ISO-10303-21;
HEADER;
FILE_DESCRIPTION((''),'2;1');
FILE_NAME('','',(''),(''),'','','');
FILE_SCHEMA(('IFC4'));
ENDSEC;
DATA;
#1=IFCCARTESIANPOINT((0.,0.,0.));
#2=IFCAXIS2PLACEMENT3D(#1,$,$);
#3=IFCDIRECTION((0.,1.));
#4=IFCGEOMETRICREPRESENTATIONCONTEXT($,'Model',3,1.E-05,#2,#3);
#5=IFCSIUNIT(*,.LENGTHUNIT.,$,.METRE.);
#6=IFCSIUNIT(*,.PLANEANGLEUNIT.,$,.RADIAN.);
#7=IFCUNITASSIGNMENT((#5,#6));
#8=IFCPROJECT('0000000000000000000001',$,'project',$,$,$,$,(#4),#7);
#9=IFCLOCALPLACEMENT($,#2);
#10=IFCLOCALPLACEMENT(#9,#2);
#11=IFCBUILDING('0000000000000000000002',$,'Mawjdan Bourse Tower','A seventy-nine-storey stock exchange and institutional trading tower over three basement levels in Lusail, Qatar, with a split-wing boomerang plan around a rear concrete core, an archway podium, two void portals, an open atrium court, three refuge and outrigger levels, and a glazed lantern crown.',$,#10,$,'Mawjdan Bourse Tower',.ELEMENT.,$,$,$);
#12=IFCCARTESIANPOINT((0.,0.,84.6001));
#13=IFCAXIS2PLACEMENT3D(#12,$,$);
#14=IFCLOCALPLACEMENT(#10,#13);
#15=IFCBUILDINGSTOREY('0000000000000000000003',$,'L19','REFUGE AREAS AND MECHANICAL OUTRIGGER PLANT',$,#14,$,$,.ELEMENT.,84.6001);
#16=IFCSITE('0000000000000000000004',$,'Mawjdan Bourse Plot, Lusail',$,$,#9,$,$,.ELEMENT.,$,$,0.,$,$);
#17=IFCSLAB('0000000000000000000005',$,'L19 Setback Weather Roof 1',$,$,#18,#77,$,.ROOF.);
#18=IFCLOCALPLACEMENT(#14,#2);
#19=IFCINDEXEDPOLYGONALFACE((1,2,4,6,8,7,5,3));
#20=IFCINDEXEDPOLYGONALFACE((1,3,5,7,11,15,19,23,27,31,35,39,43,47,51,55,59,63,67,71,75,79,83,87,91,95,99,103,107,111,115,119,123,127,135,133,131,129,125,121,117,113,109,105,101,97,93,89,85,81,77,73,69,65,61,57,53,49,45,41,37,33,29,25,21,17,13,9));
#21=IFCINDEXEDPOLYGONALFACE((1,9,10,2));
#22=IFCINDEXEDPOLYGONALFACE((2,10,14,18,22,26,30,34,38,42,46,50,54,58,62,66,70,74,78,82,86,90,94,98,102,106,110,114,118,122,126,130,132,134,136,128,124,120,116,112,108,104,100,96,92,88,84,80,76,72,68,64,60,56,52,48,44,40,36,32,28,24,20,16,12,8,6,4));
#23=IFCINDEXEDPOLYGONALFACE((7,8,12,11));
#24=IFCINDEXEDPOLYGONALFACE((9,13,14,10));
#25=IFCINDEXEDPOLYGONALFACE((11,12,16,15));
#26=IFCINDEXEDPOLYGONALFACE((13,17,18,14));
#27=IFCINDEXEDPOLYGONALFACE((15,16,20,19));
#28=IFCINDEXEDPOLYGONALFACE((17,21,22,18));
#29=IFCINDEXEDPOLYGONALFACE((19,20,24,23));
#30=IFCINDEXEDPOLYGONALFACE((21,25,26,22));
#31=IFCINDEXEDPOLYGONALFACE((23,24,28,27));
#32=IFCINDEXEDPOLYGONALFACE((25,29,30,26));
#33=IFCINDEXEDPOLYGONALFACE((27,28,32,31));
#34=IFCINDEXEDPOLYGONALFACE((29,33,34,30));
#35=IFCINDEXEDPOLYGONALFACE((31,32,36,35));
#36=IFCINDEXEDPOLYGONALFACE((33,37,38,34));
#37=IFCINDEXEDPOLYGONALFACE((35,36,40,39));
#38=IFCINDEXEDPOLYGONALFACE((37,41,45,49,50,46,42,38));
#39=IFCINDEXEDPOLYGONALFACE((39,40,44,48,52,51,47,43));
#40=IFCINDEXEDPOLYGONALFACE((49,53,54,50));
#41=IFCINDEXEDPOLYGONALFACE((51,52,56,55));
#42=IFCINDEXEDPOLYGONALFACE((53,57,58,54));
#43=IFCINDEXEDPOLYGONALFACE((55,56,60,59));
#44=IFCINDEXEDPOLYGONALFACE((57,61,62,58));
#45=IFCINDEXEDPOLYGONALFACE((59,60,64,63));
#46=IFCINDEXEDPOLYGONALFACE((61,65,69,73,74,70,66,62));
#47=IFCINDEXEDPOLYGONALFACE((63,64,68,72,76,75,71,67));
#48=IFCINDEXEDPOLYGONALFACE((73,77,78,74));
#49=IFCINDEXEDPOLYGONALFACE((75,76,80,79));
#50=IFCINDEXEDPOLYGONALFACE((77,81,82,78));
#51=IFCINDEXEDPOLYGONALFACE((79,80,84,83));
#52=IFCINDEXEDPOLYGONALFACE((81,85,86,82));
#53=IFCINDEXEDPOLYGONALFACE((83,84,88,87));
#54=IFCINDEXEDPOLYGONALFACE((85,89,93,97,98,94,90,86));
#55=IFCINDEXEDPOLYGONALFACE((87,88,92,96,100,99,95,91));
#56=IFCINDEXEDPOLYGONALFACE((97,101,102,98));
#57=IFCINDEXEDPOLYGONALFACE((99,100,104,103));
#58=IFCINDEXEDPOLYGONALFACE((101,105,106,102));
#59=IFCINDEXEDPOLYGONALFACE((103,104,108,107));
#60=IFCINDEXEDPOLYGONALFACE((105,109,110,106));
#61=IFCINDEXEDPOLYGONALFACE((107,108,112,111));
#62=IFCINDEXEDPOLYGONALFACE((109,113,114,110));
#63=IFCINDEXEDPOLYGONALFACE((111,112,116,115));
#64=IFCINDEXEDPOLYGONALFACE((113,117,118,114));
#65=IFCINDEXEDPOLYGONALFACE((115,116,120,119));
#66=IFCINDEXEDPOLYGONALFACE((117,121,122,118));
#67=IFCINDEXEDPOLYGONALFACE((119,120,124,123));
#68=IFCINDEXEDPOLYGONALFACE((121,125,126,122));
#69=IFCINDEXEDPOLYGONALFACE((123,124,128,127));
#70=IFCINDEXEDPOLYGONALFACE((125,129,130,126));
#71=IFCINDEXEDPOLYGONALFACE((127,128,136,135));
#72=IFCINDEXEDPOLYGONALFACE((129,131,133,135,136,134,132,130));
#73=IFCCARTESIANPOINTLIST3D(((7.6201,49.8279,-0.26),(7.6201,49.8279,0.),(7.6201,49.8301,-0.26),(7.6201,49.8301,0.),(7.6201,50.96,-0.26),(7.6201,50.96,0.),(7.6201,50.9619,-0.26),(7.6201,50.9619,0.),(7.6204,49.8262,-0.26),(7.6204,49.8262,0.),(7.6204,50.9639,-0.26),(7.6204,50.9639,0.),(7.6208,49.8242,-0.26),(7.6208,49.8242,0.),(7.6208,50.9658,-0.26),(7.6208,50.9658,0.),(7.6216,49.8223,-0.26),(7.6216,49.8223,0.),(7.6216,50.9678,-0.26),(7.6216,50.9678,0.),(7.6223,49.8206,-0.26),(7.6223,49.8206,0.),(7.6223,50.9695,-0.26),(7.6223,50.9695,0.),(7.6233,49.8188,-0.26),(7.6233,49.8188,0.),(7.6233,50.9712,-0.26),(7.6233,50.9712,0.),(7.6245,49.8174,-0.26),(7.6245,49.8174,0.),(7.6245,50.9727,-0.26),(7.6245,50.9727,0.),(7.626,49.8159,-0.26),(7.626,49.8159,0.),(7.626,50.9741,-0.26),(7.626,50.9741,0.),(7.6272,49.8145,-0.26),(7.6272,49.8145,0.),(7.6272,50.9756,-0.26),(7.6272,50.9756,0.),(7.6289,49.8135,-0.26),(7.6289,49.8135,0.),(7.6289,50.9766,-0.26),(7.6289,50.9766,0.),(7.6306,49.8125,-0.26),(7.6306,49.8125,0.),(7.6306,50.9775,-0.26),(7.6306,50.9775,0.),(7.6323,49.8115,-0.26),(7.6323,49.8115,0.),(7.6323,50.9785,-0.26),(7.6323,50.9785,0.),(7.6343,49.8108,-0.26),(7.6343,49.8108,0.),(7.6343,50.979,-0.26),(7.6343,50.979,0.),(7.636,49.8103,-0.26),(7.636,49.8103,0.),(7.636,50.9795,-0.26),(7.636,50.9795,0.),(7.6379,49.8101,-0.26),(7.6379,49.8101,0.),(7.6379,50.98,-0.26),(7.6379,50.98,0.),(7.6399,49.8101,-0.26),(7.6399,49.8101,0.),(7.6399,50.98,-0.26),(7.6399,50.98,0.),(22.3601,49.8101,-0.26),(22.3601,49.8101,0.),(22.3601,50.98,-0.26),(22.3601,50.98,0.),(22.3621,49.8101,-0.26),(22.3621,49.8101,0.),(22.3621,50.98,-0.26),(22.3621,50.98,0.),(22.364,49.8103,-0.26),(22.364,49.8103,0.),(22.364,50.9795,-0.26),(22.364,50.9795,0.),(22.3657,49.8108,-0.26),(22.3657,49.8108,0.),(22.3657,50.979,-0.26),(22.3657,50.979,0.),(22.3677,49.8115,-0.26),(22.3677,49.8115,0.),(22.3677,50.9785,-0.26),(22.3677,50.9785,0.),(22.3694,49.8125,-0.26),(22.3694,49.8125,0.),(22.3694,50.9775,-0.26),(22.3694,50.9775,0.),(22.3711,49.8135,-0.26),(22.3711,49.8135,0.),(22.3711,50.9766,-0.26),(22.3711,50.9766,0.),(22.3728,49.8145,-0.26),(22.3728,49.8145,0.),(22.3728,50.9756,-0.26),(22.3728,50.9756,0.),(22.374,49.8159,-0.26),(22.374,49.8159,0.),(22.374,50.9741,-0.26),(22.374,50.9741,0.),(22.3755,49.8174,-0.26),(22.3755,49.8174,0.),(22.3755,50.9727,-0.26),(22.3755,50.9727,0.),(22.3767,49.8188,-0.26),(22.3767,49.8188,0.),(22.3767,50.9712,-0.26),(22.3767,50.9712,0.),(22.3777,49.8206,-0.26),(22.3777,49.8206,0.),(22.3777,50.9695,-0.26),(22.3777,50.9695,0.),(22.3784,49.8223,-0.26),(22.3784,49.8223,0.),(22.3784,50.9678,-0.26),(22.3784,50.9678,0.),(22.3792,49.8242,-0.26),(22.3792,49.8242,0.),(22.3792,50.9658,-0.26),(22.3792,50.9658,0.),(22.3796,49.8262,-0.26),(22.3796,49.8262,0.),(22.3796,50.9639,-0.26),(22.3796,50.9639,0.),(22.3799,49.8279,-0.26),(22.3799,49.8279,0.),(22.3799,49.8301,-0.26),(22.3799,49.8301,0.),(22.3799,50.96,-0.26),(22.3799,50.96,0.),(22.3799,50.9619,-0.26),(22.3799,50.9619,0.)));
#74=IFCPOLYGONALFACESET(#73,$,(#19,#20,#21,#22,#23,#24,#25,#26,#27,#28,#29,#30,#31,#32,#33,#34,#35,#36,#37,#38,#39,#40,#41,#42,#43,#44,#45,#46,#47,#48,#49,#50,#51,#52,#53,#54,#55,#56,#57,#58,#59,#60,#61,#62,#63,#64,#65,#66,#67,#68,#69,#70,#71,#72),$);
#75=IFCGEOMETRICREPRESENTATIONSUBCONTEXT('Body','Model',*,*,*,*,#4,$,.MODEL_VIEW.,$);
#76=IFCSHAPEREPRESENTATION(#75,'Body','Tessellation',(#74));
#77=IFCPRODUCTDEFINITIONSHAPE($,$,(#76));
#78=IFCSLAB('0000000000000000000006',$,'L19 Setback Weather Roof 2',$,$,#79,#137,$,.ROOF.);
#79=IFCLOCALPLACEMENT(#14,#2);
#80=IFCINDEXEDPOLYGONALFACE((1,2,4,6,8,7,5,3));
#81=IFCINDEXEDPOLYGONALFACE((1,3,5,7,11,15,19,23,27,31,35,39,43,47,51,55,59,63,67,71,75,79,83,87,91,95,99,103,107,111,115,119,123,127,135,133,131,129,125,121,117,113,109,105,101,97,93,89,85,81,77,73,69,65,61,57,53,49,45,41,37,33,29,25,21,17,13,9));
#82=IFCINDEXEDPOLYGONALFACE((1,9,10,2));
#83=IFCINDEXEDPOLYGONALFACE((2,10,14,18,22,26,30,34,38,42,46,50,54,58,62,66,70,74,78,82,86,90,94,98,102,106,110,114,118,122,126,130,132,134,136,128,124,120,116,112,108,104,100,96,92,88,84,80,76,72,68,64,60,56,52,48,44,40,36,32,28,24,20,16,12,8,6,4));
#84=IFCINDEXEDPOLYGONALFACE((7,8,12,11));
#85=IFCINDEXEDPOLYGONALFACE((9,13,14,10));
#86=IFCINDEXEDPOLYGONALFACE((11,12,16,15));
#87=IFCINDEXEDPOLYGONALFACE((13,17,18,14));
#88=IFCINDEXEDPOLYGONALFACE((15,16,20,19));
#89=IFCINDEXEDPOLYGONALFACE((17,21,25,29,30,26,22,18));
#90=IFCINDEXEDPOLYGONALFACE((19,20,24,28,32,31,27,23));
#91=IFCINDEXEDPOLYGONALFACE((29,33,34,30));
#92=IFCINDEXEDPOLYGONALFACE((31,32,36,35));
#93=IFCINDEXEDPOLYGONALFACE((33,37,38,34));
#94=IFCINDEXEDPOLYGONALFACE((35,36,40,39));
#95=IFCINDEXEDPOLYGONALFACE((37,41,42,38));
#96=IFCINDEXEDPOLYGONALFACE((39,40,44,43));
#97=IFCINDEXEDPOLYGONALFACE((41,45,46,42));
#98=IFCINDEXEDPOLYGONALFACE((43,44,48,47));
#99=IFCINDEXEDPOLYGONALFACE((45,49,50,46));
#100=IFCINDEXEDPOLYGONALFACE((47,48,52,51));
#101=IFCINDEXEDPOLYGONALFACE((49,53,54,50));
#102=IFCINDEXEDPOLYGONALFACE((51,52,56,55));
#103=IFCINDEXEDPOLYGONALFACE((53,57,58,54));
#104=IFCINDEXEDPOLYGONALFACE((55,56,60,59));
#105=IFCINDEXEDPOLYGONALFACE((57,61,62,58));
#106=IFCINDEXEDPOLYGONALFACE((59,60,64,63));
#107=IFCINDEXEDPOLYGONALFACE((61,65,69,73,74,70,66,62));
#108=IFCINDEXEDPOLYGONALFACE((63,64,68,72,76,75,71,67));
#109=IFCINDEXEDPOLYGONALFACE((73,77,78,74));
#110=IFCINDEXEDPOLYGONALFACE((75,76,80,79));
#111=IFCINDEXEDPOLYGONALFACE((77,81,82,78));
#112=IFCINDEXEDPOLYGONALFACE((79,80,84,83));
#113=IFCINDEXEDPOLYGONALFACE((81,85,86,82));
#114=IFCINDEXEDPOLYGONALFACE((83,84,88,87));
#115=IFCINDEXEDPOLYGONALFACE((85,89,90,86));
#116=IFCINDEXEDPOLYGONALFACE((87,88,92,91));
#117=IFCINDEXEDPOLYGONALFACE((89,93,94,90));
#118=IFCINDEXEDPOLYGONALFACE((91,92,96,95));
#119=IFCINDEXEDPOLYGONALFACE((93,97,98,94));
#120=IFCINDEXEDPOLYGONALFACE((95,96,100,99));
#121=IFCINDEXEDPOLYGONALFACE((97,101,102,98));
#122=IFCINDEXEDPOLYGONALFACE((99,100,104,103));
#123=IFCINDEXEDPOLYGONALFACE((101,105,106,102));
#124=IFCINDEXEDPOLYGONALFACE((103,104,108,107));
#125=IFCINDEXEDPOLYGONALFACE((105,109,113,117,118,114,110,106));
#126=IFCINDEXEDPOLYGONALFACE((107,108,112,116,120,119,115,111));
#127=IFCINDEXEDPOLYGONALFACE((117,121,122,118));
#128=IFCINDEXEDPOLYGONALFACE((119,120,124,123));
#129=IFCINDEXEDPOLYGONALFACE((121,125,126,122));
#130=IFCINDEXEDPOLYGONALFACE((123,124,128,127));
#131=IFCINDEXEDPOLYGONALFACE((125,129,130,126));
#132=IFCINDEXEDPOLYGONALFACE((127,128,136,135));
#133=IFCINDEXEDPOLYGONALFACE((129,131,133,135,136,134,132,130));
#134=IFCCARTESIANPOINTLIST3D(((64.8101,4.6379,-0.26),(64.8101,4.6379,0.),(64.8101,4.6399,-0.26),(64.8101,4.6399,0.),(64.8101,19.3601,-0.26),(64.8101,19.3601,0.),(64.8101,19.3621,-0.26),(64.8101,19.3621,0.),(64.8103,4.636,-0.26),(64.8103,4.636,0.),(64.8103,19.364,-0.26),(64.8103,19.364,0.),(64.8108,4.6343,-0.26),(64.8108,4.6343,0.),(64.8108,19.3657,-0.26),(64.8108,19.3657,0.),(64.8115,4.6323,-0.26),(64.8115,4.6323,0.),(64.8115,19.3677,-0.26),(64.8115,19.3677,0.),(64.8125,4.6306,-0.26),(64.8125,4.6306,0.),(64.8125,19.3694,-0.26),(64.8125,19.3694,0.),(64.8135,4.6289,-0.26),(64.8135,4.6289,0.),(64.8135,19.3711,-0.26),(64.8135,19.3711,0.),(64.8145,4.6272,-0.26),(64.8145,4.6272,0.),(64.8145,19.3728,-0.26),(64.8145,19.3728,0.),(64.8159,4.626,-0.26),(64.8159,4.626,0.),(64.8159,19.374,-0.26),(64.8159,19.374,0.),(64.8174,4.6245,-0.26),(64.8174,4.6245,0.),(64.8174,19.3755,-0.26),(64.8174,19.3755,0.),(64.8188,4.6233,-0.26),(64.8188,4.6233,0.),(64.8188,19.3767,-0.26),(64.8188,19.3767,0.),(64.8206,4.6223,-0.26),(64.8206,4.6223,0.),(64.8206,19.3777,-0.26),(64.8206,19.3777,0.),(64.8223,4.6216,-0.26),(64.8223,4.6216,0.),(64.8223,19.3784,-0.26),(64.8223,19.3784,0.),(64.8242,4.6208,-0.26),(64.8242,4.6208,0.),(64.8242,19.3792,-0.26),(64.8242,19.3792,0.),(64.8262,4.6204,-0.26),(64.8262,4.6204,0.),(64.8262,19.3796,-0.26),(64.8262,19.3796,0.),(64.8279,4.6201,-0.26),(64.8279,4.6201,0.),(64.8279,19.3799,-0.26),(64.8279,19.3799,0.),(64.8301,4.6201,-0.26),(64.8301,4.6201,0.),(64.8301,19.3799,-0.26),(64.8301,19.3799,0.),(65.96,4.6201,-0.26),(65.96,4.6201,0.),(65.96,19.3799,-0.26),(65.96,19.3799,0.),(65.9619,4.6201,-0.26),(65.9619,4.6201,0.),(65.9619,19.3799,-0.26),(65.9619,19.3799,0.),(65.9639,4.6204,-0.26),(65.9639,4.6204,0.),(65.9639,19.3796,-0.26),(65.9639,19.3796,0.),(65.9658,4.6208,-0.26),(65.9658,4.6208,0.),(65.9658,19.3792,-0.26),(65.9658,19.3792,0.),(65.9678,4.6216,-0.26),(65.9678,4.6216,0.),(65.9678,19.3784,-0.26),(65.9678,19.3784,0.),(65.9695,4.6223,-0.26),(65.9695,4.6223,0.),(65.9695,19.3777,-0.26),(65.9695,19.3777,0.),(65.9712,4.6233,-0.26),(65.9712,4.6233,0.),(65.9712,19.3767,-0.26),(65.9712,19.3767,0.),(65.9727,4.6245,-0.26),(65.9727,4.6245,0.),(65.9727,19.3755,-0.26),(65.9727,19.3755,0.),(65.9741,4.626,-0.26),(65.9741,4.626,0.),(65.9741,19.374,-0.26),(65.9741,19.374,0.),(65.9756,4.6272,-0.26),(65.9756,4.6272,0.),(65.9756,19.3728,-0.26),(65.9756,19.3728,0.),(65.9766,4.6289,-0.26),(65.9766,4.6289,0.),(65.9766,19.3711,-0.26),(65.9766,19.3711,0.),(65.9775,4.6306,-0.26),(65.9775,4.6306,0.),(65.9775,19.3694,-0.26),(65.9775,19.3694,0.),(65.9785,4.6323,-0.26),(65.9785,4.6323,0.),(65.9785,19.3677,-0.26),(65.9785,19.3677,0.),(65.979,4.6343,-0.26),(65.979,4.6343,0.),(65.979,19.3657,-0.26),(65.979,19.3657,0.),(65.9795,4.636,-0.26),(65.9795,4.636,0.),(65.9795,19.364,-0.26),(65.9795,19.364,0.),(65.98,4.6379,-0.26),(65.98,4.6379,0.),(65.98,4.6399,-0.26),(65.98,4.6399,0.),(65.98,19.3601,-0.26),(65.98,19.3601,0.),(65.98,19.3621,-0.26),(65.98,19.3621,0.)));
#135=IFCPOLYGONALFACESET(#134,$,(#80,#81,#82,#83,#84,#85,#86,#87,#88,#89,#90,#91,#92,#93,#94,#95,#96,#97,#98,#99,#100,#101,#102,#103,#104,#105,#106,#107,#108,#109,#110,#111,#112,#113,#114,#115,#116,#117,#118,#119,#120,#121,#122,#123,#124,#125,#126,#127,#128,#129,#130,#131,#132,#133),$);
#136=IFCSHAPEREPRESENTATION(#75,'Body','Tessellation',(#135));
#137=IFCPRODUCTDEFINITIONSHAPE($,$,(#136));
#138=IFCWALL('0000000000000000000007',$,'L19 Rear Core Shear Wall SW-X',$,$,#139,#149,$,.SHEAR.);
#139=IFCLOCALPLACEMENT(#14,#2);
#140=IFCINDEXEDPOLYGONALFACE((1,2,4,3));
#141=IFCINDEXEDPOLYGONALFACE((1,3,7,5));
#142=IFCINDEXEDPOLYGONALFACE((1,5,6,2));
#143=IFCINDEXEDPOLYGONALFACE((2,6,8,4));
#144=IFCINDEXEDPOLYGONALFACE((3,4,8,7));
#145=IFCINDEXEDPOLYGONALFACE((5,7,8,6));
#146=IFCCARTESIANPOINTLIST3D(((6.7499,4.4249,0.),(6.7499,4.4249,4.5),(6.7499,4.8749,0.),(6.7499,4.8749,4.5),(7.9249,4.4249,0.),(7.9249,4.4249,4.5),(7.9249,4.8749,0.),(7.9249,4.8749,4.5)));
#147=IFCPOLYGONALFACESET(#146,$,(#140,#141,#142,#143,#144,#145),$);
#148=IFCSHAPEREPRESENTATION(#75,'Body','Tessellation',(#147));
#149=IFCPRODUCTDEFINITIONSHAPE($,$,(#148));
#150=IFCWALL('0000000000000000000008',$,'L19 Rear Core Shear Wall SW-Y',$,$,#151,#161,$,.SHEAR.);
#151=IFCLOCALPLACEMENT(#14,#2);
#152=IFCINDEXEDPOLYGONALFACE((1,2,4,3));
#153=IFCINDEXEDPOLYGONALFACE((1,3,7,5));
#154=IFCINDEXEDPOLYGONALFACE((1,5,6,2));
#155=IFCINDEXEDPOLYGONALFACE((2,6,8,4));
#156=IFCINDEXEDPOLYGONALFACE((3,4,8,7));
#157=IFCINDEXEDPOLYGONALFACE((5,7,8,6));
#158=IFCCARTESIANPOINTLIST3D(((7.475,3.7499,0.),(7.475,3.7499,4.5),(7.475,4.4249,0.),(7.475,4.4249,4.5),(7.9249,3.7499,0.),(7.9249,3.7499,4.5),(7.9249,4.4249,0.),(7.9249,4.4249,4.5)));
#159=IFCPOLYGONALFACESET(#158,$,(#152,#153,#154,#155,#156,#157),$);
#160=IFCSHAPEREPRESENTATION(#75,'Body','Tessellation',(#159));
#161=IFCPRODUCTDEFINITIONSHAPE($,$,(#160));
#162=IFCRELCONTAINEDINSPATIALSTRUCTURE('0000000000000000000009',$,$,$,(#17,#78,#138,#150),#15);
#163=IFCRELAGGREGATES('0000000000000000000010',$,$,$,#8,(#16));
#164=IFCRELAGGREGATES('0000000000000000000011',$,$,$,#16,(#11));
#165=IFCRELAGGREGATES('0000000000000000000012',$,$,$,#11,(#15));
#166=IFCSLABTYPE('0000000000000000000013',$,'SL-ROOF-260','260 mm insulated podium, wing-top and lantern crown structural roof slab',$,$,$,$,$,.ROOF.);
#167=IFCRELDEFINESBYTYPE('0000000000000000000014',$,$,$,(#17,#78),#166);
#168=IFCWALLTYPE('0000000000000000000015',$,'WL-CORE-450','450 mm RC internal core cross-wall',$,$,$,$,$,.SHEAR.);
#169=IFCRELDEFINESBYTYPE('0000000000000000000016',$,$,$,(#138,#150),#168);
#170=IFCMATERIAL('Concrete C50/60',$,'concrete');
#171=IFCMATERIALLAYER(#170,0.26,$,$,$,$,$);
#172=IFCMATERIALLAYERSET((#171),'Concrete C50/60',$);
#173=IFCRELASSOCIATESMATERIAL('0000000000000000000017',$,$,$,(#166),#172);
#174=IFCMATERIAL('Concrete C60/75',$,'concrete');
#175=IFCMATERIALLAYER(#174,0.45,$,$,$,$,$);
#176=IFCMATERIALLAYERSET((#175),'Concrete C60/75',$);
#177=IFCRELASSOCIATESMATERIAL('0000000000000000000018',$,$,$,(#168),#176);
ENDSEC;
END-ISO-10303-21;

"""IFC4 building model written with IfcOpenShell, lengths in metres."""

from ifc_helpers import new_model, si_unit, direction, frame, frame_2d, origin, place, context, subcontext, project, spatial, polyline, rectangle, outline, extrude, material, layer, layer_set, type_object, element, save


model = new_model("IFC4")

# Units and contexts
model_context = context("Model", 3, precision=1e-05, world=origin(), true_north=direction((0.0, 1.0)))
body_context = subcontext(model_context, "Body", "Model", "MODEL_VIEW")
ifc_project = project(units=[si_unit("LENGTHUNIT", "METRE"), si_unit("PLANEANGLEUNIT", "RADIAN")], contexts=[model_context])

# Site, building, storey
site_placement = place(None, origin())
site = spatial("IfcSite", under=ifc_project, at=site_placement, Name="Mawjdan Bourse Plot, Lusail", CompositionType="ELEMENT", RefElevation=0.0)
building_placement = place(site_placement, origin())
building = spatial("IfcBuilding", under=site, at=building_placement, Name="Mawjdan Bourse Tower", Description="A seventy-nine-storey stock exchange and institutional trading tower over three basement levels in Lusail, Qatar, with a split-wing boomerang plan around a rear concrete core, an archway podium, two void portals, an open atrium court, three refuge and outrigger levels, and a glazed lantern crown.", LongName="Mawjdan Bourse Tower", CompositionType="ELEMENT")
storey_placement = place(building_placement, frame((0.0, 0.0, 84.6001)))
storey = spatial("IfcBuildingStorey", under=building, at=storey_placement, Name="L19", Description="REFUGE AREAS AND MECHANICAL OUTRIGGER PLANT", CompositionType="ELEMENT", Elevation=84.6001)

# Shared definitions
ifc_material_1 = material(Name="Concrete C50/60", Category="concrete")

# Slabs
ifc_layer_1 = layer(ifc_material_1, 0.26)
ifc_layer_set_1 = layer_set([ifc_layer_1], Name="Concrete C50/60")
slab_type_1 = type_object("IfcSlabType", Name="SL-ROOF-260", Description="260 mm insulated podium, wing-top and lantern crown structural roof slab", PredefinedType="ROOF", material=ifc_layer_set_1)
slab_1_placement = place(storey_placement, frame((0.0, 0.0, -0.26)))
element("IfcSlab", 1, at=slab_1_placement, inside=storey, type_object=slab_type_1, Name="L19 Setback Weather Roof 1", PredefinedType="ROOF", context=body_context, shape_type="SweptSolid", body=[
    extrude(outline(polyline([(7.6201, 49.8301), (7.6201, 49.8279), (7.6204, 49.8262), (7.6208, 49.8242), (7.6216, 49.8223), (7.6223, 49.8206), (7.6233, 49.8188), (7.6245, 49.8174), (7.626, 49.8159), (7.6272, 49.8145), (7.6289, 49.8135), (7.6306, 49.8125), (7.6323, 49.8115), (7.6343, 49.8108), (7.636, 49.8103), (7.6379, 49.8101), (7.6399, 49.8101), (22.3601, 49.8101), (22.3621, 49.8101), (22.364, 49.8103), (22.3657, 49.8108), (22.3677, 49.8115), (22.3694, 49.8125), (22.3711, 49.8135), (22.3728, 49.8145), (22.374, 49.8159), (22.3755, 49.8174), (22.3767, 49.8188), (22.3777, 49.8206), (22.3784, 49.8223), (22.3792, 49.8242), (22.3796, 49.8262), (22.3799, 49.8279), (22.3799, 49.8301), (22.3799, 50.96), (22.3799, 50.9619), (22.3796, 50.9639), (22.3792, 50.9658), (22.3784, 50.9678), (22.3777, 50.9695), (22.3767, 50.9712), (22.3755, 50.9727), (22.374, 50.9741), (22.3728, 50.9756), (22.3711, 50.9766), (22.3694, 50.9775), (22.3677, 50.9785), (22.3657, 50.979), (22.364, 50.9795), (22.3621, 50.98), (22.3601, 50.98), (7.6399, 50.98), (7.6379, 50.98), (7.636, 50.9795), (7.6343, 50.979), (7.6323, 50.9785), (7.6306, 50.9775), (7.6289, 50.9766), (7.6272, 50.9756), (7.626, 50.9741), (7.6245, 50.9727), (7.6233, 50.9712), (7.6223, 50.9695), (7.6216, 50.9678), (7.6208, 50.9658), (7.6204, 50.9639), (7.6201, 50.9619), (7.6201, 50.96), (7.6201, 49.8301)])), origin(), (0.0, 0.0, 1.0), 0.26),
])
slab_2_placement = place(storey_placement, frame((0.0, 0.0, -0.26)))
element("IfcSlab", 2, at=slab_2_placement, inside=storey, type_object=slab_type_1, Name="L19 Setback Weather Roof 2", PredefinedType="ROOF", context=body_context, shape_type="SweptSolid", body=[
    extrude(outline(polyline([(64.8301, 19.3799), (64.8279, 19.3799), (64.8262, 19.3796), (64.8242, 19.3792), (64.8223, 19.3784), (64.8206, 19.3777), (64.8188, 19.3767), (64.8174, 19.3755), (64.8159, 19.374), (64.8145, 19.3728), (64.8135, 19.3711), (64.8125, 19.3694), (64.8115, 19.3677), (64.8108, 19.3657), (64.8103, 19.364), (64.8101, 19.3621), (64.8101, 19.3601), (64.8101, 4.6399), (64.8101, 4.6379), (64.8103, 4.636), (64.8108, 4.6343), (64.8115, 4.6323), (64.8125, 4.6306), (64.8135, 4.6289), (64.8145, 4.6272), (64.8159, 4.626), (64.8174, 4.6245), (64.8188, 4.6233), (64.8206, 4.6223), (64.8223, 4.6216), (64.8242, 4.6208), (64.8262, 4.6204), (64.8279, 4.6201), (64.8301, 4.6201), (65.96, 4.6201), (65.9619, 4.6201), (65.9639, 4.6204), (65.9658, 4.6208), (65.9678, 4.6216), (65.9695, 4.6223), (65.9712, 4.6233), (65.9727, 4.6245), (65.9741, 4.626), (65.9756, 4.6272), (65.9766, 4.6289), (65.9775, 4.6306), (65.9785, 4.6323), (65.979, 4.6343), (65.9795, 4.636), (65.98, 4.6379), (65.98, 4.6399), (65.98, 19.3601), (65.98, 19.3621), (65.9795, 19.364), (65.979, 19.3657), (65.9785, 19.3677), (65.9775, 19.3694), (65.9766, 19.3711), (65.9756, 19.3728), (65.9741, 19.374), (65.9727, 19.3755), (65.9712, 19.3767), (65.9695, 19.3777), (65.9678, 19.3784), (65.9658, 19.3792), (65.9639, 19.3796), (65.9619, 19.3799), (65.96, 19.3799), (64.8301, 19.3799)])), origin(), (0.0, 0.0, 1.0), 0.26),
])

# Walls
ifc_material_2 = material(Name="Concrete C60/75", Category="concrete")
ifc_layer_2 = layer(ifc_material_2, 0.45)
ifc_layer_set_2 = layer_set([ifc_layer_2], Name="Concrete C60/75")
wall_type_1 = type_object("IfcWallType", Name="WL-CORE-450", Description="450 mm RC internal core cross-wall", PredefinedType="SHEAR", material=ifc_layer_set_2)
wall_1_placement = place(storey_placement, frame((6.75, 4.6499, 0.0), z_axis=(0.0, 0.0, 1.0), x_axis=(1.0, 0.0, 0.0)))
element("IfcWall", 3, at=wall_1_placement, inside=storey, type_object=wall_type_1, Name="L19 Rear Core Shear Wall SW-X", PredefinedType="SHEAR", context=body_context, shape_type="SweptSolid", body=[
    extrude(rectangle(XDim=1.175, YDim=0.45, at=frame_2d((0.5874, 0.0))), origin(), (0.0, 0.0, 1.0), 4.5),
])
wall_2_placement = place(storey_placement, frame((7.7, 3.75, 0.0), z_axis=(0.0, 0.0, 1.0), x_axis=(0.0, 1.0, 0.0)))
element("IfcWall", 4, at=wall_2_placement, inside=storey, type_object=wall_type_1, Name="L19 Rear Core Shear Wall SW-Y", PredefinedType="SHEAR", context=body_context, shape_type="SweptSolid", body=[
    extrude(rectangle(XDim=0.675, YDim=0.45, at=frame_2d((0.3374, 0.0))), origin(), (0.0, 0.0, 1.0), 4.5),
])

save(model, "model.ifc")
